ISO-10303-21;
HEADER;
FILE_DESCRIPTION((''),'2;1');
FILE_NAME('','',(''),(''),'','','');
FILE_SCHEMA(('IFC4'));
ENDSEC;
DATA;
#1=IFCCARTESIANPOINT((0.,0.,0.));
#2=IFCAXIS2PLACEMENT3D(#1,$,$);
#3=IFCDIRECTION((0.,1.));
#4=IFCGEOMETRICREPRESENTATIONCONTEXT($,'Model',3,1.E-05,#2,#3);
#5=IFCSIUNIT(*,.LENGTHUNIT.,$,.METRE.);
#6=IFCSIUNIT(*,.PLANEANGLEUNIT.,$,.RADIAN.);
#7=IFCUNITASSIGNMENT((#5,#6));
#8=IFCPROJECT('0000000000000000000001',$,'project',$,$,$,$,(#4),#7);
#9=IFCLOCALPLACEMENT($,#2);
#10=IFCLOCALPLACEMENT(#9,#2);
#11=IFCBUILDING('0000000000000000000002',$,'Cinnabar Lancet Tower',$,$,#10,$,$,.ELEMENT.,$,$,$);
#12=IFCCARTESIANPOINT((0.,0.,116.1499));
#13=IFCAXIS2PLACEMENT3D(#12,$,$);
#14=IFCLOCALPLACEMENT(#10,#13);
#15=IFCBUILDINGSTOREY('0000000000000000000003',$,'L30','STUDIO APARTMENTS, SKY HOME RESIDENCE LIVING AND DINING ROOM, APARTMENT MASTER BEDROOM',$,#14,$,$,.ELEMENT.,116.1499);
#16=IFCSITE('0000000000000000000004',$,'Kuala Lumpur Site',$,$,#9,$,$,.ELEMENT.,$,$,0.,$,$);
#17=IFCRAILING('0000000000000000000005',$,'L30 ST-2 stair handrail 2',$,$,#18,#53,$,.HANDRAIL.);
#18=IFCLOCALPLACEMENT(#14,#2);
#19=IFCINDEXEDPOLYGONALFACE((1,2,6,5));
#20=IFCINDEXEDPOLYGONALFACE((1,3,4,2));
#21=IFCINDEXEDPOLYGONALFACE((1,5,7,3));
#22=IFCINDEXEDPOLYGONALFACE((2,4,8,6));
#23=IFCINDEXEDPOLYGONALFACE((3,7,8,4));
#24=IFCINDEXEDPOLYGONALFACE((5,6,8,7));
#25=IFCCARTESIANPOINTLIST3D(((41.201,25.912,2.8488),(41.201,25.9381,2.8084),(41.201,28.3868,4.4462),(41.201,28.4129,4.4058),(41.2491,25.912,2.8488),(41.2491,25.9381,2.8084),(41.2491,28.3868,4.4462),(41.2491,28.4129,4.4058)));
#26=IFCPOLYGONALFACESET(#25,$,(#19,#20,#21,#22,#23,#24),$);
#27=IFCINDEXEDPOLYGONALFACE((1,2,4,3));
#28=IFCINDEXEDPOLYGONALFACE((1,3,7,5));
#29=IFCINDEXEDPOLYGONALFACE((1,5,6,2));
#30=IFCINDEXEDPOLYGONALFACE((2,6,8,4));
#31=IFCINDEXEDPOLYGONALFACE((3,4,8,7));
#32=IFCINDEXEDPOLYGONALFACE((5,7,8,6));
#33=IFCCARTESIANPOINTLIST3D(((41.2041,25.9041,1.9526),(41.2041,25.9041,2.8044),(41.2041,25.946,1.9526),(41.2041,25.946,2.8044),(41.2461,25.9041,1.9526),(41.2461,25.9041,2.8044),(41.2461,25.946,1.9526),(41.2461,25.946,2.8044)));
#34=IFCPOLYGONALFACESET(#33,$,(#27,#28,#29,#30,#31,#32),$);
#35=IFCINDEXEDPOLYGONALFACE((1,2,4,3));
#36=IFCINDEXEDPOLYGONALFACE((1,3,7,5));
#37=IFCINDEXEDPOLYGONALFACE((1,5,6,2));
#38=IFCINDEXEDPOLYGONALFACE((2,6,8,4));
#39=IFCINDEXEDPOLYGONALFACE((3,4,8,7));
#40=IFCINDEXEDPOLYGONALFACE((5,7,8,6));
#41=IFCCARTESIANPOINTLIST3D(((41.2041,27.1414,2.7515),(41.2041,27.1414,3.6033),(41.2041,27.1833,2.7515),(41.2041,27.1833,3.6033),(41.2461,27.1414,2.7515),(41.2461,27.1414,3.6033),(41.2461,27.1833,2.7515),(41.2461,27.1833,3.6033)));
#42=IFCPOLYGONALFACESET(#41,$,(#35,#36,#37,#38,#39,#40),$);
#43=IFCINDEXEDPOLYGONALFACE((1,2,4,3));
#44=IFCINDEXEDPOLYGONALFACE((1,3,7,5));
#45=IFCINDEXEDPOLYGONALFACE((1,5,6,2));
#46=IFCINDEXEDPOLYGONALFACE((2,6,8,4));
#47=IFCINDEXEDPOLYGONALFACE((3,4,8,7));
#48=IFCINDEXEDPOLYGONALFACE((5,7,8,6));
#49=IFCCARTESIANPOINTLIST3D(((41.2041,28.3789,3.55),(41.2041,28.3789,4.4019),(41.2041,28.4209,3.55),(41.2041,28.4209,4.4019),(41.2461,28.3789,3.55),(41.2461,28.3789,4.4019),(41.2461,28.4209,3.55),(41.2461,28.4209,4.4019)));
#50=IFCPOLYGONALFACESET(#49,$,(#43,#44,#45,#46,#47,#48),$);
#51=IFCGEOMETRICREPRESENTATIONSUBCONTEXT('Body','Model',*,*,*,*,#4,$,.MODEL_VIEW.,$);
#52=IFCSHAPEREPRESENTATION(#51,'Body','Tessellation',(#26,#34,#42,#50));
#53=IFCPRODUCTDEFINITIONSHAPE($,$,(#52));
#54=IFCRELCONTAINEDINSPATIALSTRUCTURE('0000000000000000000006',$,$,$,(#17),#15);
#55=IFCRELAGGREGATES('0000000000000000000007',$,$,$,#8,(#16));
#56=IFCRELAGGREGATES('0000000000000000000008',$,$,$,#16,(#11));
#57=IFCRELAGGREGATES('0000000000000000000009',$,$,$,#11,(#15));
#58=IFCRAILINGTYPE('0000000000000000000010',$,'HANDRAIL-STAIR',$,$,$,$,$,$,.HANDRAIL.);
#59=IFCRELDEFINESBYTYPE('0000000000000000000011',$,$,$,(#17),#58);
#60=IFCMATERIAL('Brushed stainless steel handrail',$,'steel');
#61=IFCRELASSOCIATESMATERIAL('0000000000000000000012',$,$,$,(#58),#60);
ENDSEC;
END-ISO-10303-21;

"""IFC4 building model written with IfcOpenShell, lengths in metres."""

from ifc_helpers import new_model, si_unit, direction, frame, origin, origin_2d, place, context, subcontext, project, spatial, rectangle, extrude, material, type_object, element, save


model = new_model("IFC4")

# Units and contexts
model_context = context("Model", 3, precision=1e-05, world=origin(), true_north=direction((0.0, 1.0)))
body_context = subcontext(model_context, "Body", "Model", "MODEL_VIEW")
ifc_project = project(units=[si_unit("LENGTHUNIT", "METRE"), si_unit("PLANEANGLEUNIT", "RADIAN")], contexts=[model_context])

# Site, building, storey
site_placement = place(None, origin())
site = spatial("IfcSite", under=ifc_project, at=site_placement, Name="Kuala Lumpur Site", CompositionType="ELEMENT", RefElevation=0.0)
building_placement = place(site_placement, origin())
building = spatial("IfcBuilding", under=site, at=building_placement, Name="Cinnabar Lancet Tower", CompositionType="ELEMENT")
storey_placement = place(building_placement, frame((0.0, 0.0, 116.1499)))
storey = spatial("IfcBuildingStorey", under=building, at=storey_placement, Name="L30", Description="STUDIO APARTMENTS, SKY HOME RESIDENCE LIVING AND DINING ROOM, APARTMENT MASTER BEDROOM", CompositionType="ELEMENT", Elevation=116.1499)

# Railing
ifc_material_1 = material(Name="Brushed stainless steel handrail", Category="steel")
railing_type_1 = type_object("IfcRailingType", Name="HANDRAIL-STAIR", PredefinedType="HANDRAIL", material=ifc_material_1)
railing_1_placement = place(storey_placement, frame((41.2251, 25.925, 1.9526)))
element("IfcRailing", 1, at=railing_1_placement, inside=storey, type_object=railing_type_1, Name="L30 ST-2 stair handrail 2", PredefinedType="HANDRAIL", context=body_context, shape_type="SweptSolid", body=[
    extrude(rectangle(XDim=0.0481, YDim=0.0481, at=origin_2d()), frame((0.0, 0.0, 0.876), z_axis=(0.0, 0.840183, 0.542302), x_axis=(-1.0, 0.0, 0.0)), (0.0, 0.0, 1.0), 2.9456),
    extrude(rectangle(XDim=0.042, YDim=0.042, at=origin_2d()), origin(), (0.0, 0.0, 1.0), 0.8518),
    extrude(rectangle(XDim=0.042, YDim=0.042, at=origin_2d()), frame((0.0, 1.2373, 0.7988)), (0.0, 0.0, 1.0), 0.8518),
    extrude(rectangle(XDim=0.042, YDim=0.042, at=origin_2d()), frame((0.0, 2.4749, 1.5974)), (0.0, 0.0, 1.0), 0.8518),
])

save(model, "model.ifc")
